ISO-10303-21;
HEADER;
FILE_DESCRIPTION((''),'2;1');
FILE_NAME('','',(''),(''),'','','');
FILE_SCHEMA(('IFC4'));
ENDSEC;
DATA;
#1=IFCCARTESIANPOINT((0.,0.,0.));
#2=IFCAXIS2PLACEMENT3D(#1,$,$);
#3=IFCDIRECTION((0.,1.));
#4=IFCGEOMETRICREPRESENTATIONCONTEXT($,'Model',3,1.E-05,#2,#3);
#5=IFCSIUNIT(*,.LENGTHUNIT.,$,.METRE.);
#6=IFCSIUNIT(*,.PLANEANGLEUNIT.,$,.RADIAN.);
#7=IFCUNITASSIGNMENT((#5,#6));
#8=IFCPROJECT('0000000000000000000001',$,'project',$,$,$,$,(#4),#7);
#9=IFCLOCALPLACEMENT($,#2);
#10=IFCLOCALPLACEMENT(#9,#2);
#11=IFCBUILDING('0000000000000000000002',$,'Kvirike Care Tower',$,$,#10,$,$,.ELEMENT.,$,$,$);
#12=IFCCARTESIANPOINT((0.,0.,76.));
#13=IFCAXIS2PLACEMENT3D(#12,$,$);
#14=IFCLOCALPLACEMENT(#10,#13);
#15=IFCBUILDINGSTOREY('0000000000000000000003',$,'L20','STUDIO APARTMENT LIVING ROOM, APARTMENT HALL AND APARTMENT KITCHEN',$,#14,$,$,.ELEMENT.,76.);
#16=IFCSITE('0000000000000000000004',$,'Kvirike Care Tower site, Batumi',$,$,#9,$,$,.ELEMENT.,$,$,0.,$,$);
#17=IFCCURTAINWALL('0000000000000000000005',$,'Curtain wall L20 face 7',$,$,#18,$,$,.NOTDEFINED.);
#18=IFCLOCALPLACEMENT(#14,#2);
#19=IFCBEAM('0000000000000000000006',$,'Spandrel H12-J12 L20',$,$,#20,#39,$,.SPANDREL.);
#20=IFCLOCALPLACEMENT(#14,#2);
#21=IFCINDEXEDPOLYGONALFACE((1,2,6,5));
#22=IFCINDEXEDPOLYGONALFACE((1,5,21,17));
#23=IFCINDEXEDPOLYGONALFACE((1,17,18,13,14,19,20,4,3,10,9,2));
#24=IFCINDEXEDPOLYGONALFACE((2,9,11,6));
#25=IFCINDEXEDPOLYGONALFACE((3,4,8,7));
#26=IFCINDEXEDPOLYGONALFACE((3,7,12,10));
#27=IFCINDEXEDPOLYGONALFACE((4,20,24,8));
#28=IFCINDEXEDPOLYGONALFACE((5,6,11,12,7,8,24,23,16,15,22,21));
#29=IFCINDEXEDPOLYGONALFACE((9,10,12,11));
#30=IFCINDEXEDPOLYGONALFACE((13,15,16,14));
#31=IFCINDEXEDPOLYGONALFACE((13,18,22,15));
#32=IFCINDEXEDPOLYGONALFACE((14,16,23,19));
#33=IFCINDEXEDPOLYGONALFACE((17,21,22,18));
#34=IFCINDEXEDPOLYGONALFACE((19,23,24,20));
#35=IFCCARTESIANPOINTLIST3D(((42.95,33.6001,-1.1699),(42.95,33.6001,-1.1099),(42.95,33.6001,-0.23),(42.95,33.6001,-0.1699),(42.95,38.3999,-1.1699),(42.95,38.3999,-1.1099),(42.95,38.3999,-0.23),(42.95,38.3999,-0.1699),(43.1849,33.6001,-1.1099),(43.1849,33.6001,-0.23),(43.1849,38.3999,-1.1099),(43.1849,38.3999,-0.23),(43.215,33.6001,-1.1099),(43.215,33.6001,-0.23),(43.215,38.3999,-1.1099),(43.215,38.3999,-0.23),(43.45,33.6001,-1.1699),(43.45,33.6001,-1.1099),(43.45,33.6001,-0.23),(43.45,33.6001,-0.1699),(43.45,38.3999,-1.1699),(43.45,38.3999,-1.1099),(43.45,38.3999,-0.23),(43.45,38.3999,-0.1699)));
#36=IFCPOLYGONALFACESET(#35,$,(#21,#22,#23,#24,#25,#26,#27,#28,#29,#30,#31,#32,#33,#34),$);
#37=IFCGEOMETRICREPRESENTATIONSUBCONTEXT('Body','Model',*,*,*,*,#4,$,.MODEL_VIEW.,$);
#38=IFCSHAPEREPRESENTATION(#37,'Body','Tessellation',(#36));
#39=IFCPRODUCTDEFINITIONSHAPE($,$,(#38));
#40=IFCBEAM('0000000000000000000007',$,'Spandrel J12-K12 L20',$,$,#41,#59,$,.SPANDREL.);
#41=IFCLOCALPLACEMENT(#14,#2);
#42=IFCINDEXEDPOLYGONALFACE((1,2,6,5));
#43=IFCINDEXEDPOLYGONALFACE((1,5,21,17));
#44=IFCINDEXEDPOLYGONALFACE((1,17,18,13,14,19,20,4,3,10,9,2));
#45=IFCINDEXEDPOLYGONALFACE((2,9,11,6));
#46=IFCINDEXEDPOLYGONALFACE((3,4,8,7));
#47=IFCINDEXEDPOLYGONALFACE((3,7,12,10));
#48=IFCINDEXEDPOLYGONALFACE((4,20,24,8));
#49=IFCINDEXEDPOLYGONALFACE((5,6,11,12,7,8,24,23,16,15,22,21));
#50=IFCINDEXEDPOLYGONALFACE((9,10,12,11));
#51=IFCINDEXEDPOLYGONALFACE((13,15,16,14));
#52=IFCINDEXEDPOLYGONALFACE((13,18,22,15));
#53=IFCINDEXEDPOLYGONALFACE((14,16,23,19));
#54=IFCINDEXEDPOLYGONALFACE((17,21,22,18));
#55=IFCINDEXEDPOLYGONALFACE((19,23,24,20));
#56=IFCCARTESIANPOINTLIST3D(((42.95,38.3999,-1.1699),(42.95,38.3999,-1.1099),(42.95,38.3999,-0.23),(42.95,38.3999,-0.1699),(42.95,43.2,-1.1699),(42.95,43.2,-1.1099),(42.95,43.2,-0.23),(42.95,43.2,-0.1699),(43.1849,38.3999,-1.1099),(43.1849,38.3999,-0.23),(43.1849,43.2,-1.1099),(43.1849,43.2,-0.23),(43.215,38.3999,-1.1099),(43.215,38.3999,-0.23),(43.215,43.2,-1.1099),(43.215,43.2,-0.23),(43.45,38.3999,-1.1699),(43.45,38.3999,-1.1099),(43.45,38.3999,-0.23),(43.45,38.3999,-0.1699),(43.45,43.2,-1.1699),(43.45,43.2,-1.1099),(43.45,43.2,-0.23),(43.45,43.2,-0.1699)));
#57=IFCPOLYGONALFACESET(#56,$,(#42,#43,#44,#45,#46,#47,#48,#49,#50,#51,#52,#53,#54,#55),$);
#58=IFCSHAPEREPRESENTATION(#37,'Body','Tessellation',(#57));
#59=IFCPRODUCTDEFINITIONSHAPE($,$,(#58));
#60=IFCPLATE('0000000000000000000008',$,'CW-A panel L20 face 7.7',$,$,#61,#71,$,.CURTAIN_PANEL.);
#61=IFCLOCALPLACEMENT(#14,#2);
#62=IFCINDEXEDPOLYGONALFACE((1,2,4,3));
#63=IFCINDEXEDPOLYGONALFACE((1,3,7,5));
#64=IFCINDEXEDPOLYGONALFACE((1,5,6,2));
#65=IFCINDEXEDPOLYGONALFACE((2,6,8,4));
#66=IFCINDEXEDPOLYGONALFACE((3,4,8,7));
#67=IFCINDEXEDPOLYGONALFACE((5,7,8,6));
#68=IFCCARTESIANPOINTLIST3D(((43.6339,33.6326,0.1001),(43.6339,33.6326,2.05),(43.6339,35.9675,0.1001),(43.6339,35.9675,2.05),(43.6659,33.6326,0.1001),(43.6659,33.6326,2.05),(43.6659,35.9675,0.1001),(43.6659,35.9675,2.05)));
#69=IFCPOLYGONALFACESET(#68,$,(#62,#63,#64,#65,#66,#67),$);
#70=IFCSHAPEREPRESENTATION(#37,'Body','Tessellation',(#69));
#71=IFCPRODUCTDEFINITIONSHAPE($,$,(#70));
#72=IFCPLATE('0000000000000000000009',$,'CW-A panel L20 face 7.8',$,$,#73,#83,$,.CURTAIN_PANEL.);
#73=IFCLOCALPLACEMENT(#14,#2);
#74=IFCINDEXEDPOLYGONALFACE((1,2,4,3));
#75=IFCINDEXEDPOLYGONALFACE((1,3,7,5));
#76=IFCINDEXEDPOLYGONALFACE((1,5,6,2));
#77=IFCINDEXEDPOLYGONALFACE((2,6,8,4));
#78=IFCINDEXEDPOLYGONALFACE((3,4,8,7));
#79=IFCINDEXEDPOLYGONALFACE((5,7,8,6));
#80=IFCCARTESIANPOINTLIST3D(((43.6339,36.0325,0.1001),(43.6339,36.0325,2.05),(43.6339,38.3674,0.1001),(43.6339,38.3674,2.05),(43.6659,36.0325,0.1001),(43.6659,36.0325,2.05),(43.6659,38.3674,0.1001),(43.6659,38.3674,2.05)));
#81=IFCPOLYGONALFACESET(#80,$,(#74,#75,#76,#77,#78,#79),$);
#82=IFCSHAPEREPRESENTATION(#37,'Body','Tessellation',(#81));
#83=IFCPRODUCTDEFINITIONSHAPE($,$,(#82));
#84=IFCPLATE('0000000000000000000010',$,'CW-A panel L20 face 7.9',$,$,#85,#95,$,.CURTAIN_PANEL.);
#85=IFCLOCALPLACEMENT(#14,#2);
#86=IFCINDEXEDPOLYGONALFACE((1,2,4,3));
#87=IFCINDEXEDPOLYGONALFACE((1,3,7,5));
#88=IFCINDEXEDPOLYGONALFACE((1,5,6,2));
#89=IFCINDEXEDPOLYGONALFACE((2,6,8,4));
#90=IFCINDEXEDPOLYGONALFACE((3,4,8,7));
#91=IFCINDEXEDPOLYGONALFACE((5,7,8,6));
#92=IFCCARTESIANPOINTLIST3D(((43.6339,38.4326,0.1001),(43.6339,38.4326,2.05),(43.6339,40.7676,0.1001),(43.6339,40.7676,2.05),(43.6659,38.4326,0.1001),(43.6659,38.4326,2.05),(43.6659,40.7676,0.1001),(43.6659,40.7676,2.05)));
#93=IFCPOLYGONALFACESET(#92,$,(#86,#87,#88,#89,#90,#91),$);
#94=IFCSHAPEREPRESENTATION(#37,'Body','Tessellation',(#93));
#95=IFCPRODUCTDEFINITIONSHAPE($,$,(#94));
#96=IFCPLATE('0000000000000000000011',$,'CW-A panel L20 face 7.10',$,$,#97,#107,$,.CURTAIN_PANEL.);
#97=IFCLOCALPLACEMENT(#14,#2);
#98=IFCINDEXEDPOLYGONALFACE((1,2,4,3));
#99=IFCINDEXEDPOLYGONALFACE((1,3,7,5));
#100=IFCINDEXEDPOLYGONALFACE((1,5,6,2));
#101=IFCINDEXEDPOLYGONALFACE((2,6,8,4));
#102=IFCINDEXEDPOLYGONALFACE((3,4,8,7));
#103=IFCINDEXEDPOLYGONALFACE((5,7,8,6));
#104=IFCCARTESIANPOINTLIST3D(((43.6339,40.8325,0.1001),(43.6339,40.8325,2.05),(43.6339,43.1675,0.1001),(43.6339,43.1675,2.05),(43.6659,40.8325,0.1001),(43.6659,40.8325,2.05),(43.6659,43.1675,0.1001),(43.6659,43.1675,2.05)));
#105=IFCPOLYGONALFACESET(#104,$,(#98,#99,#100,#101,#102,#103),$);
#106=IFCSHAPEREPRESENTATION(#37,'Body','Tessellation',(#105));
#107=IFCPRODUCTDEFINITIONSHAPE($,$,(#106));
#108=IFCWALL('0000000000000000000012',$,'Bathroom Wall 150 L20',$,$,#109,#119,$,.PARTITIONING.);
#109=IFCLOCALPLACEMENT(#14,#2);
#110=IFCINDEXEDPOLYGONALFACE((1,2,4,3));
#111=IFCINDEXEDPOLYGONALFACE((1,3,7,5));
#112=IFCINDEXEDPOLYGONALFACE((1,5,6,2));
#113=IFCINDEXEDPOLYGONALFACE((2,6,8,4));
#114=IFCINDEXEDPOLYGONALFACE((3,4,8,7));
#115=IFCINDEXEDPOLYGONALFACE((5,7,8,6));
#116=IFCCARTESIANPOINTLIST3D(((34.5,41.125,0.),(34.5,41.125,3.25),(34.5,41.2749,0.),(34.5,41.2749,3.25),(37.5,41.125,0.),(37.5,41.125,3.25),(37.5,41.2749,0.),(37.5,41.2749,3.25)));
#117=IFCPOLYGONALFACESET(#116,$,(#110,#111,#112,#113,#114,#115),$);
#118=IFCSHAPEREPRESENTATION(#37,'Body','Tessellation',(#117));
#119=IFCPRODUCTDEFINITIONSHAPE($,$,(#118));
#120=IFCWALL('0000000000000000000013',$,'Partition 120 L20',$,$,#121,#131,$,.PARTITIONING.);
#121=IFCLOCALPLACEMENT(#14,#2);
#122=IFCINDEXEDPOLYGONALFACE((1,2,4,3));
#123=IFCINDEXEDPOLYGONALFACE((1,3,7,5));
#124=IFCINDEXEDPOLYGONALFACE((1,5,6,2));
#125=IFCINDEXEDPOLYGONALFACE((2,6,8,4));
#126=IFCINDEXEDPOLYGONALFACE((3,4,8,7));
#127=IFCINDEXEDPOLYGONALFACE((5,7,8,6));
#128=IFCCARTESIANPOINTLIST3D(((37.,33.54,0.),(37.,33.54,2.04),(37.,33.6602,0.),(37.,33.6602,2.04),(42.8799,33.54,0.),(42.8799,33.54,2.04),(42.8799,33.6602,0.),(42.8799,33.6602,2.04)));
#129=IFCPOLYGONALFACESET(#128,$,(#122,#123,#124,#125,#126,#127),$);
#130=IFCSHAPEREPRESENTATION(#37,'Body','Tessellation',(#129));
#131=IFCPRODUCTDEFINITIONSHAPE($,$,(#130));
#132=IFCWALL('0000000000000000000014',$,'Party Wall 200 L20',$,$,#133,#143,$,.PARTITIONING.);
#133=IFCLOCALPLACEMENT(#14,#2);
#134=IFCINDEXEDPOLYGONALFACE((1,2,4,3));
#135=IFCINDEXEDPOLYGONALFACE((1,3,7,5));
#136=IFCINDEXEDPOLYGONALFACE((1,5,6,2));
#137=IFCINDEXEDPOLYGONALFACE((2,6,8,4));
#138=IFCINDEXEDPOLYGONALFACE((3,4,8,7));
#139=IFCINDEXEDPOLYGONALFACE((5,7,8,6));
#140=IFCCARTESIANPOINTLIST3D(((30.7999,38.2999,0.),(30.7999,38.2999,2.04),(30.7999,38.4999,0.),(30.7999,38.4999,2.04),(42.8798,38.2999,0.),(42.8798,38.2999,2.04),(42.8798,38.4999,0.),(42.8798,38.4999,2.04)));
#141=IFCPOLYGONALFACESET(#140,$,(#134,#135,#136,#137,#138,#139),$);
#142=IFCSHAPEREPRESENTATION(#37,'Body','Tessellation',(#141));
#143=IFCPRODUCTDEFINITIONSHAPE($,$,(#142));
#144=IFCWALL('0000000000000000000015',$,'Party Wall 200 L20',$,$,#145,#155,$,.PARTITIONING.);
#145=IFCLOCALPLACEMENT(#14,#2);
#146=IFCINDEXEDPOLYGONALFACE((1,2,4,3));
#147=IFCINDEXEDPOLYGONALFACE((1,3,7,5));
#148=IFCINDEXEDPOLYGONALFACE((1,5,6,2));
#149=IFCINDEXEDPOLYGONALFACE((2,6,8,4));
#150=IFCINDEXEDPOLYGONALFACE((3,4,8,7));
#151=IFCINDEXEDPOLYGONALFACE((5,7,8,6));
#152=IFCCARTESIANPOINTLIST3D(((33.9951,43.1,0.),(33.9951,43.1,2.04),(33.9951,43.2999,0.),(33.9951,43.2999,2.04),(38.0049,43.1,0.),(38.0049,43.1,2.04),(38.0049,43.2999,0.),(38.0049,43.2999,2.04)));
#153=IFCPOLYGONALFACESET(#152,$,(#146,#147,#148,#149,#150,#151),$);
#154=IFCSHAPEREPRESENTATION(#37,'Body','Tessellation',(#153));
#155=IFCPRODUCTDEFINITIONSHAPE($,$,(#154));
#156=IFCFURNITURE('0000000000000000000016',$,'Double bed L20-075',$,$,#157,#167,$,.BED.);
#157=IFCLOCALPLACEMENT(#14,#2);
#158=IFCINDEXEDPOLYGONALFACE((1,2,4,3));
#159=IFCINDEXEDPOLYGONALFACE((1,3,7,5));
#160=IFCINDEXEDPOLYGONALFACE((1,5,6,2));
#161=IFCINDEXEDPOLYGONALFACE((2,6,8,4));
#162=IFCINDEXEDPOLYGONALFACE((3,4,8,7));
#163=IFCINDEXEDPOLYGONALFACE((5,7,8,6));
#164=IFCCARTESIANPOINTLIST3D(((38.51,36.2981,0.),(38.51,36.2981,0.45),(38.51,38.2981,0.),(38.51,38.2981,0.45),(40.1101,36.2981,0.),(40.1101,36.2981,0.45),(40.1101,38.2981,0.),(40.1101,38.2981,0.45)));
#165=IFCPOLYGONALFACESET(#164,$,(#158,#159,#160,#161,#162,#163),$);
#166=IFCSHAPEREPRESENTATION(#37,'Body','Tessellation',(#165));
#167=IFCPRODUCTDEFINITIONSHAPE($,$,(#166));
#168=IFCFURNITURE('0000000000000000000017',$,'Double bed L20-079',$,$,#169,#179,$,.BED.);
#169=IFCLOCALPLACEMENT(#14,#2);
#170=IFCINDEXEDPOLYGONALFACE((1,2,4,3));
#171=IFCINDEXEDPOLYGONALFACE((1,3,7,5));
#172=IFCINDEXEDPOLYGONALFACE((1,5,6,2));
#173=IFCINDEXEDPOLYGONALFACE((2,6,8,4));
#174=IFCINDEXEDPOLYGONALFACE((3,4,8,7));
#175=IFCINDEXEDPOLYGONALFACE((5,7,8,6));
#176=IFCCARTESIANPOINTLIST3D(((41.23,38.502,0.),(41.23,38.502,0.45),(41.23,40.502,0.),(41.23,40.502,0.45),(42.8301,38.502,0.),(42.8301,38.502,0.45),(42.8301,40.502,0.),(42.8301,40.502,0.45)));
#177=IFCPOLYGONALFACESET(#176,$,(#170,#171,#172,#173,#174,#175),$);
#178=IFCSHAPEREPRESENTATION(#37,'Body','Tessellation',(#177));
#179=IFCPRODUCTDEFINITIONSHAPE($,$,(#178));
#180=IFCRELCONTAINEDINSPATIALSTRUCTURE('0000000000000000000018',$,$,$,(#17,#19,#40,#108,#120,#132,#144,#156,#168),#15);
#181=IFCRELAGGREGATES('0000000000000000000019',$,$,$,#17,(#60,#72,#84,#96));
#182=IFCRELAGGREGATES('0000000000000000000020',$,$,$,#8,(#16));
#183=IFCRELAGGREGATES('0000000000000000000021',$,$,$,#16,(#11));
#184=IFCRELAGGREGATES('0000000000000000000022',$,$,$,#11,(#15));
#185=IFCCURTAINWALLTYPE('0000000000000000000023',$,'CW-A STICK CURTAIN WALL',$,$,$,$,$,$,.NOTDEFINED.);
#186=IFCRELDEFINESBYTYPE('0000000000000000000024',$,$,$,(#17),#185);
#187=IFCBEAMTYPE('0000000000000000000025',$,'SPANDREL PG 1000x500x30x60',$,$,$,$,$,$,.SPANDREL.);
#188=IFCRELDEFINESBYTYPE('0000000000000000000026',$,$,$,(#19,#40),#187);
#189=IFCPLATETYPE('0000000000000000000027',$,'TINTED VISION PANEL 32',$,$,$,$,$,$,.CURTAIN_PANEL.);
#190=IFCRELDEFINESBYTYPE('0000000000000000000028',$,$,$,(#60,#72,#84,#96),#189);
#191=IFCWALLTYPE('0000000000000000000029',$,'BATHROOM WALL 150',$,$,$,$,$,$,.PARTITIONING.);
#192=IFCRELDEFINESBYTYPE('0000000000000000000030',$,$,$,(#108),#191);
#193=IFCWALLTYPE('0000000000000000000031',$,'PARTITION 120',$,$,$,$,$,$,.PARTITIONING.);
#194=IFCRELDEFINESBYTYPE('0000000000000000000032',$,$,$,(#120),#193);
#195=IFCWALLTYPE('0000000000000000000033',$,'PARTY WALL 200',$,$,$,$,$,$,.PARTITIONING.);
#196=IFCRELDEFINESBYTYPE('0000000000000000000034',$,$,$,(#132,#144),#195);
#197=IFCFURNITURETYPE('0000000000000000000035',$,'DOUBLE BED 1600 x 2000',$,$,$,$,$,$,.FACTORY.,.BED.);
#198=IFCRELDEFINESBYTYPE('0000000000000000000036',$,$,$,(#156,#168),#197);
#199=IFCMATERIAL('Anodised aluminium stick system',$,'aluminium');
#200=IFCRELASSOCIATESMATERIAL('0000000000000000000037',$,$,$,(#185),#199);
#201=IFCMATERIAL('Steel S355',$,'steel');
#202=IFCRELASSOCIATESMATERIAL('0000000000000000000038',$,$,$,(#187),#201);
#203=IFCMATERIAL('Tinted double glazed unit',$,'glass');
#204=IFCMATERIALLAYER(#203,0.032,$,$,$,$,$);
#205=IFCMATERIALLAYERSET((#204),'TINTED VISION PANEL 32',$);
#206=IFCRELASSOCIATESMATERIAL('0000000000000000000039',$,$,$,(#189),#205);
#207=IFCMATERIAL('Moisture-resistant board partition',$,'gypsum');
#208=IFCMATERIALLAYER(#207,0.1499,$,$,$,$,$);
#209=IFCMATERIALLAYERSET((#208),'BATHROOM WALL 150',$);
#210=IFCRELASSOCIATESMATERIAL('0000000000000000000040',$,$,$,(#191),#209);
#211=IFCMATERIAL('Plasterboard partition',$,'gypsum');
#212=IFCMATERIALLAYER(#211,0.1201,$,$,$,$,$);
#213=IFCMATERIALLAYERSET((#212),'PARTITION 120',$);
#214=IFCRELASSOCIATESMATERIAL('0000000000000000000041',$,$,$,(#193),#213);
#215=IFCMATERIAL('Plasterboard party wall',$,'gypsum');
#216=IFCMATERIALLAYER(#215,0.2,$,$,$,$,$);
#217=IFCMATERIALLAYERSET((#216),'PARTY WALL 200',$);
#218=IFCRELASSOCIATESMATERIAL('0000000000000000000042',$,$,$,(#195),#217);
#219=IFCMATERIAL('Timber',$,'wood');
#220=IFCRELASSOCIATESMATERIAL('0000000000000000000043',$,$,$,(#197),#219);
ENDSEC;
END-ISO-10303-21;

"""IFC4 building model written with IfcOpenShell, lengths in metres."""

from ifc_helpers import new_model, si_unit, direction, frame, frame_2d, origin, origin_2d, place, context, subcontext, project, spatial, rectangle, i_section, extrude, material, layer, layer_set, material_profile, profile_set, type_object, element, aggregate, save


model = new_model("IFC4")

# Units and contexts
model_context = context("Model", 3, precision=1e-05, world=origin(), true_north=direction((0.0, 1.0)))
body_context = subcontext(model_context, "Body", "Model", "MODEL_VIEW")
ifc_project = project(units=[si_unit("LENGTHUNIT", "METRE"), si_unit("PLANEANGLEUNIT", "RADIAN")], contexts=[model_context])

# Site, building, storey
site_placement = place(None, origin())
site = spatial("IfcSite", under=ifc_project, at=site_placement, Name="Kvirike Care Tower site, Batumi", CompositionType="ELEMENT", RefElevation=0.0)
building_placement = place(site_placement, origin())
building = spatial("IfcBuilding", under=site, at=building_placement, Name="Kvirike Care Tower", CompositionType="ELEMENT")
storey_placement = place(building_placement, frame((0.0, 0.0, 76.0)))
storey = spatial("IfcBuildingStorey", under=building, at=storey_placement, Name="L20", Description="STUDIO APARTMENT LIVING ROOM, APARTMENT HALL AND APARTMENT KITCHEN", CompositionType="ELEMENT", Elevation=76.0)

# Curtain wall
ifc_material_1 = material(Name="Anodised aluminium stick system", Category="aluminium")
curtain_wall_type = type_object("IfcCurtainWallType", Name="CW-A STICK CURTAIN WALL", PredefinedType="NOTDEFINED", material=ifc_material_1)
curtain_wall_placement = place(storey_placement, origin())
curtain_wall = element("IfcCurtainWall", 1, at=curtain_wall_placement, inside=storey, type_object=curtain_wall_type, Name="Curtain wall L20 face 7", PredefinedType="NOTDEFINED")

# Beams
ifc_material_2 = material(Name="Steel S355", Category="steel")
ifc_material_profile_1 = material_profile(ifc_material_2, i_section(OverallWidth=0.5, OverallDepth=1.0, WebThickness=0.03, FlangeThickness=0.0601, at=origin_2d()), Name="PG 1000x500x30x60")
ifc_profile_set_1 = profile_set([ifc_material_profile_1], Name="Steel S355")
beam_type_1 = type_object("IfcBeamType", Name="SPANDREL PG 1000x500x30x60", PredefinedType="SPANDREL", material=ifc_profile_set_1)
beam_1_placement = place(storey_placement, frame((43.2, 33.6001, -0.6699), z_axis=(0.0, 1.0, 0.0), x_axis=(-1.0, 0.0, 0.0)))
element("IfcBeam", 2, at=beam_1_placement, inside=storey, type_object=beam_type_1, Name="Spandrel H12-J12 L20", PredefinedType="SPANDREL", context=body_context, shape_type="SweptSolid", body=[
    extrude(i_section(OverallWidth=0.5, OverallDepth=1.0, WebThickness=0.03, FlangeThickness=0.0601, at=origin_2d()), origin(), (0.0, 0.0, 1.0), 4.7998),
])
beam_2_placement = place(storey_placement, frame((43.2, 38.3999, -0.6699), z_axis=(0.0, 1.0, 0.0), x_axis=(-1.0, 0.0, 0.0)))
element("IfcBeam", 3, at=beam_2_placement, inside=storey, type_object=beam_type_1, Name="Spandrel J12-K12 L20", PredefinedType="SPANDREL", context=body_context, shape_type="SweptSolid", body=[
    extrude(i_section(OverallWidth=0.5, OverallDepth=1.0, WebThickness=0.03, FlangeThickness=0.0601, at=origin_2d()), origin(), (0.0, 0.0, 1.0), 4.8),
])

# Plates
ifc_material_3 = material(Name="Tinted double glazed unit", Category="glass")
ifc_layer_1 = layer(ifc_material_3, 0.032)
ifc_layer_set_1 = layer_set([ifc_layer_1], Name="TINTED VISION PANEL 32")
plate_type = type_object("IfcPlateType", Name="TINTED VISION PANEL 32", PredefinedType="CURTAIN_PANEL", material=ifc_layer_set_1)
plate_1_placement = place(storey_placement, frame((43.6499, 34.8, 0.1001), z_axis=(0.0, 0.0, 1.0), x_axis=(0.0, 1.0, 0.0)))
plate_1 = element("IfcPlate", 4, at=plate_1_placement, type_object=plate_type, Name="CW-A panel L20 face 7.7", PredefinedType="CURTAIN_PANEL", context=body_context, shape_type="SweptSolid", body=[
    extrude(rectangle(XDim=2.335, YDim=0.032, at=origin_2d()), origin(), (0.0, 0.0, 1.0), 1.95),
])
plate_2_placement = place(storey_placement, frame((43.6499, 37.2, 0.1001), z_axis=(0.0, 0.0, 1.0), x_axis=(0.0, 1.0, 0.0)))
plate_2 = element("IfcPlate", 5, at=plate_2_placement, type_object=plate_type, Name="CW-A panel L20 face 7.8", PredefinedType="CURTAIN_PANEL", context=body_context, shape_type="SweptSolid", body=[
    extrude(rectangle(XDim=2.335, YDim=0.032, at=origin_2d()), origin(), (0.0, 0.0, 1.0), 1.95),
])
plate_3_placement = place(storey_placement, frame((43.6499, 39.6001, 0.1001), z_axis=(0.0, 0.0, 1.0), x_axis=(0.0, 1.0, 0.0)))
plate_3 = element("IfcPlate", 6, at=plate_3_placement, type_object=plate_type, Name="CW-A panel L20 face 7.9", PredefinedType="CURTAIN_PANEL", context=body_context, shape_type="SweptSolid", body=[
    extrude(rectangle(XDim=2.335, YDim=0.032, at=origin_2d()), origin(), (0.0, 0.0, 1.0), 1.95),
])
plate_4_placement = place(storey_placement, frame((43.6499, 42.0, 0.1001), z_axis=(0.0, 0.0, 1.0), x_axis=(0.0, 1.0, 0.0)))
plate_4 = element("IfcPlate", 7, at=plate_4_placement, type_object=plate_type, Name="CW-A panel L20 face 7.10", PredefinedType="CURTAIN_PANEL", context=body_context, shape_type="SweptSolid", body=[
    extrude(rectangle(XDim=2.335, YDim=0.032, at=origin_2d()), origin(), (0.0, 0.0, 1.0), 1.95),
])
aggregate(curtain_wall, [plate_1, plate_2, plate_3, plate_4])

# Walls
ifc_material_4 = material(Name="Moisture-resistant board partition", Category="gypsum")
ifc_layer_2 = layer(ifc_material_4, 0.1499)
ifc_layer_set_2 = layer_set([ifc_layer_2], Name="BATHROOM WALL 150")
wall_type_1 = type_object("IfcWallType", Name="BATHROOM WALL 150", PredefinedType="PARTITIONING", material=ifc_layer_set_2)
wall_1_placement = place(storey_placement, frame((37.5, 41.2, 0.0), z_axis=(0.0, 0.0, 1.0), x_axis=(-1.0, 0.0, 0.0)))
element("IfcWall", 8, at=wall_1_placement, inside=storey, type_object=wall_type_1, Name="Bathroom Wall 150 L20", PredefinedType="PARTITIONING", context=body_context, shape_type="SweptSolid", body=[
    extrude(rectangle(XDim=3.0, YDim=0.1499, at=frame_2d((1.5, 0.0))), origin(), (0.0, 0.0, 1.0), 3.25),
])
ifc_material_5 = material(Name="Plasterboard partition", Category="gypsum")
ifc_layer_3 = layer(ifc_material_5, 0.1201)
ifc_layer_set_3 = layer_set([ifc_layer_3], Name="PARTITION 120")
wall_type_2 = type_object("IfcWallType", Name="PARTITION 120", PredefinedType="PARTITIONING", material=ifc_layer_set_3)
wall_2_placement = place(storey_placement, frame((42.8799, 33.6001, 0.0), z_axis=(0.0, 0.0, 1.0), x_axis=(-1.0, 0.0, 0.0)))
element("IfcWall", 9, at=wall_2_placement, inside=storey, type_object=wall_type_2, Name="Partition 120 L20", PredefinedType="PARTITIONING", context=body_context, shape_type="SweptSolid", body=[
    extrude(rectangle(XDim=5.8799, YDim=0.1201, at=frame_2d((2.9399, 0.0))), origin(), (0.0, 0.0, 1.0), 2.04),
])
ifc_material_6 = material(Name="Plasterboard party wall", Category="gypsum")
ifc_layer_4 = layer(ifc_material_6, 0.2)
ifc_layer_set_4 = layer_set([ifc_layer_4], Name="PARTY WALL 200")
wall_type_3 = type_object("IfcWallType", Name="PARTY WALL 200", PredefinedType="PARTITIONING", material=ifc_layer_set_4)
wall_3_placement = place(storey_placement, frame((42.8799, 38.3999, 0.0), z_axis=(0.0, 0.0, 1.0), x_axis=(-1.0, 0.0, 0.0)))
element("IfcWall", 10, at=wall_3_placement, inside=storey, type_object=wall_type_3, Name="Party Wall 200 L20", PredefinedType="PARTITIONING", context=body_context, shape_type="SweptSolid", body=[
    extrude(rectangle(XDim=12.0798, YDim=0.2, at=frame_2d((6.04, 0.0))), origin(), (0.0, 0.0, 1.0), 2.04),
])
wall_4_placement = place(storey_placement, frame((38.0049, 43.2, 0.0), z_axis=(0.0, 0.0, 1.0), x_axis=(-1.0, 0.0, 0.0)))
element("IfcWall", 11, at=wall_4_placement, inside=storey, type_object=wall_type_3, Name="Party Wall 200 L20", PredefinedType="PARTITIONING", context=body_context, shape_type="SweptSolid", body=[
    extrude(rectangle(XDim=4.0098, YDim=0.2, at=frame_2d((2.0049, 0.0))), origin(), (0.0, 0.0, 1.0), 2.04),
])

# Furniture
ifc_material_7 = material(Name="Timber", Category="wood")
furniture_type = type_object("IfcFurnitureType", Name="DOUBLE BED 1600 x 2000", AssemblyPlace="FACTORY", PredefinedType="BED", material=ifc_material_7)
for number, where, z_axis, x_axis, name in (
    (12, (39.3101, 37.2981, 0.0), (0.0, 0.0, 1.0), (1.0, 0.0, 0.0), "Double bed L20-075"),
    (13, (42.03, 39.502, 0.0), (0.0, 0.0, 1.0), (-1.0, 0.0, 0.0), "Double bed L20-079"),
):
    element("IfcFurniture", number, at=place(storey_placement, frame(where, z_axis=z_axis, x_axis=x_axis)), inside=storey, type_object=furniture_type, Name=name, PredefinedType="BED", context=body_context, shape_type="SweptSolid", body=[
        extrude(rectangle(XDim=1.6001, YDim=2.0, at=origin_2d()), origin(), (0.0, 0.0, 1.0), 0.45),
    ])

save(model, "model.ifc")
